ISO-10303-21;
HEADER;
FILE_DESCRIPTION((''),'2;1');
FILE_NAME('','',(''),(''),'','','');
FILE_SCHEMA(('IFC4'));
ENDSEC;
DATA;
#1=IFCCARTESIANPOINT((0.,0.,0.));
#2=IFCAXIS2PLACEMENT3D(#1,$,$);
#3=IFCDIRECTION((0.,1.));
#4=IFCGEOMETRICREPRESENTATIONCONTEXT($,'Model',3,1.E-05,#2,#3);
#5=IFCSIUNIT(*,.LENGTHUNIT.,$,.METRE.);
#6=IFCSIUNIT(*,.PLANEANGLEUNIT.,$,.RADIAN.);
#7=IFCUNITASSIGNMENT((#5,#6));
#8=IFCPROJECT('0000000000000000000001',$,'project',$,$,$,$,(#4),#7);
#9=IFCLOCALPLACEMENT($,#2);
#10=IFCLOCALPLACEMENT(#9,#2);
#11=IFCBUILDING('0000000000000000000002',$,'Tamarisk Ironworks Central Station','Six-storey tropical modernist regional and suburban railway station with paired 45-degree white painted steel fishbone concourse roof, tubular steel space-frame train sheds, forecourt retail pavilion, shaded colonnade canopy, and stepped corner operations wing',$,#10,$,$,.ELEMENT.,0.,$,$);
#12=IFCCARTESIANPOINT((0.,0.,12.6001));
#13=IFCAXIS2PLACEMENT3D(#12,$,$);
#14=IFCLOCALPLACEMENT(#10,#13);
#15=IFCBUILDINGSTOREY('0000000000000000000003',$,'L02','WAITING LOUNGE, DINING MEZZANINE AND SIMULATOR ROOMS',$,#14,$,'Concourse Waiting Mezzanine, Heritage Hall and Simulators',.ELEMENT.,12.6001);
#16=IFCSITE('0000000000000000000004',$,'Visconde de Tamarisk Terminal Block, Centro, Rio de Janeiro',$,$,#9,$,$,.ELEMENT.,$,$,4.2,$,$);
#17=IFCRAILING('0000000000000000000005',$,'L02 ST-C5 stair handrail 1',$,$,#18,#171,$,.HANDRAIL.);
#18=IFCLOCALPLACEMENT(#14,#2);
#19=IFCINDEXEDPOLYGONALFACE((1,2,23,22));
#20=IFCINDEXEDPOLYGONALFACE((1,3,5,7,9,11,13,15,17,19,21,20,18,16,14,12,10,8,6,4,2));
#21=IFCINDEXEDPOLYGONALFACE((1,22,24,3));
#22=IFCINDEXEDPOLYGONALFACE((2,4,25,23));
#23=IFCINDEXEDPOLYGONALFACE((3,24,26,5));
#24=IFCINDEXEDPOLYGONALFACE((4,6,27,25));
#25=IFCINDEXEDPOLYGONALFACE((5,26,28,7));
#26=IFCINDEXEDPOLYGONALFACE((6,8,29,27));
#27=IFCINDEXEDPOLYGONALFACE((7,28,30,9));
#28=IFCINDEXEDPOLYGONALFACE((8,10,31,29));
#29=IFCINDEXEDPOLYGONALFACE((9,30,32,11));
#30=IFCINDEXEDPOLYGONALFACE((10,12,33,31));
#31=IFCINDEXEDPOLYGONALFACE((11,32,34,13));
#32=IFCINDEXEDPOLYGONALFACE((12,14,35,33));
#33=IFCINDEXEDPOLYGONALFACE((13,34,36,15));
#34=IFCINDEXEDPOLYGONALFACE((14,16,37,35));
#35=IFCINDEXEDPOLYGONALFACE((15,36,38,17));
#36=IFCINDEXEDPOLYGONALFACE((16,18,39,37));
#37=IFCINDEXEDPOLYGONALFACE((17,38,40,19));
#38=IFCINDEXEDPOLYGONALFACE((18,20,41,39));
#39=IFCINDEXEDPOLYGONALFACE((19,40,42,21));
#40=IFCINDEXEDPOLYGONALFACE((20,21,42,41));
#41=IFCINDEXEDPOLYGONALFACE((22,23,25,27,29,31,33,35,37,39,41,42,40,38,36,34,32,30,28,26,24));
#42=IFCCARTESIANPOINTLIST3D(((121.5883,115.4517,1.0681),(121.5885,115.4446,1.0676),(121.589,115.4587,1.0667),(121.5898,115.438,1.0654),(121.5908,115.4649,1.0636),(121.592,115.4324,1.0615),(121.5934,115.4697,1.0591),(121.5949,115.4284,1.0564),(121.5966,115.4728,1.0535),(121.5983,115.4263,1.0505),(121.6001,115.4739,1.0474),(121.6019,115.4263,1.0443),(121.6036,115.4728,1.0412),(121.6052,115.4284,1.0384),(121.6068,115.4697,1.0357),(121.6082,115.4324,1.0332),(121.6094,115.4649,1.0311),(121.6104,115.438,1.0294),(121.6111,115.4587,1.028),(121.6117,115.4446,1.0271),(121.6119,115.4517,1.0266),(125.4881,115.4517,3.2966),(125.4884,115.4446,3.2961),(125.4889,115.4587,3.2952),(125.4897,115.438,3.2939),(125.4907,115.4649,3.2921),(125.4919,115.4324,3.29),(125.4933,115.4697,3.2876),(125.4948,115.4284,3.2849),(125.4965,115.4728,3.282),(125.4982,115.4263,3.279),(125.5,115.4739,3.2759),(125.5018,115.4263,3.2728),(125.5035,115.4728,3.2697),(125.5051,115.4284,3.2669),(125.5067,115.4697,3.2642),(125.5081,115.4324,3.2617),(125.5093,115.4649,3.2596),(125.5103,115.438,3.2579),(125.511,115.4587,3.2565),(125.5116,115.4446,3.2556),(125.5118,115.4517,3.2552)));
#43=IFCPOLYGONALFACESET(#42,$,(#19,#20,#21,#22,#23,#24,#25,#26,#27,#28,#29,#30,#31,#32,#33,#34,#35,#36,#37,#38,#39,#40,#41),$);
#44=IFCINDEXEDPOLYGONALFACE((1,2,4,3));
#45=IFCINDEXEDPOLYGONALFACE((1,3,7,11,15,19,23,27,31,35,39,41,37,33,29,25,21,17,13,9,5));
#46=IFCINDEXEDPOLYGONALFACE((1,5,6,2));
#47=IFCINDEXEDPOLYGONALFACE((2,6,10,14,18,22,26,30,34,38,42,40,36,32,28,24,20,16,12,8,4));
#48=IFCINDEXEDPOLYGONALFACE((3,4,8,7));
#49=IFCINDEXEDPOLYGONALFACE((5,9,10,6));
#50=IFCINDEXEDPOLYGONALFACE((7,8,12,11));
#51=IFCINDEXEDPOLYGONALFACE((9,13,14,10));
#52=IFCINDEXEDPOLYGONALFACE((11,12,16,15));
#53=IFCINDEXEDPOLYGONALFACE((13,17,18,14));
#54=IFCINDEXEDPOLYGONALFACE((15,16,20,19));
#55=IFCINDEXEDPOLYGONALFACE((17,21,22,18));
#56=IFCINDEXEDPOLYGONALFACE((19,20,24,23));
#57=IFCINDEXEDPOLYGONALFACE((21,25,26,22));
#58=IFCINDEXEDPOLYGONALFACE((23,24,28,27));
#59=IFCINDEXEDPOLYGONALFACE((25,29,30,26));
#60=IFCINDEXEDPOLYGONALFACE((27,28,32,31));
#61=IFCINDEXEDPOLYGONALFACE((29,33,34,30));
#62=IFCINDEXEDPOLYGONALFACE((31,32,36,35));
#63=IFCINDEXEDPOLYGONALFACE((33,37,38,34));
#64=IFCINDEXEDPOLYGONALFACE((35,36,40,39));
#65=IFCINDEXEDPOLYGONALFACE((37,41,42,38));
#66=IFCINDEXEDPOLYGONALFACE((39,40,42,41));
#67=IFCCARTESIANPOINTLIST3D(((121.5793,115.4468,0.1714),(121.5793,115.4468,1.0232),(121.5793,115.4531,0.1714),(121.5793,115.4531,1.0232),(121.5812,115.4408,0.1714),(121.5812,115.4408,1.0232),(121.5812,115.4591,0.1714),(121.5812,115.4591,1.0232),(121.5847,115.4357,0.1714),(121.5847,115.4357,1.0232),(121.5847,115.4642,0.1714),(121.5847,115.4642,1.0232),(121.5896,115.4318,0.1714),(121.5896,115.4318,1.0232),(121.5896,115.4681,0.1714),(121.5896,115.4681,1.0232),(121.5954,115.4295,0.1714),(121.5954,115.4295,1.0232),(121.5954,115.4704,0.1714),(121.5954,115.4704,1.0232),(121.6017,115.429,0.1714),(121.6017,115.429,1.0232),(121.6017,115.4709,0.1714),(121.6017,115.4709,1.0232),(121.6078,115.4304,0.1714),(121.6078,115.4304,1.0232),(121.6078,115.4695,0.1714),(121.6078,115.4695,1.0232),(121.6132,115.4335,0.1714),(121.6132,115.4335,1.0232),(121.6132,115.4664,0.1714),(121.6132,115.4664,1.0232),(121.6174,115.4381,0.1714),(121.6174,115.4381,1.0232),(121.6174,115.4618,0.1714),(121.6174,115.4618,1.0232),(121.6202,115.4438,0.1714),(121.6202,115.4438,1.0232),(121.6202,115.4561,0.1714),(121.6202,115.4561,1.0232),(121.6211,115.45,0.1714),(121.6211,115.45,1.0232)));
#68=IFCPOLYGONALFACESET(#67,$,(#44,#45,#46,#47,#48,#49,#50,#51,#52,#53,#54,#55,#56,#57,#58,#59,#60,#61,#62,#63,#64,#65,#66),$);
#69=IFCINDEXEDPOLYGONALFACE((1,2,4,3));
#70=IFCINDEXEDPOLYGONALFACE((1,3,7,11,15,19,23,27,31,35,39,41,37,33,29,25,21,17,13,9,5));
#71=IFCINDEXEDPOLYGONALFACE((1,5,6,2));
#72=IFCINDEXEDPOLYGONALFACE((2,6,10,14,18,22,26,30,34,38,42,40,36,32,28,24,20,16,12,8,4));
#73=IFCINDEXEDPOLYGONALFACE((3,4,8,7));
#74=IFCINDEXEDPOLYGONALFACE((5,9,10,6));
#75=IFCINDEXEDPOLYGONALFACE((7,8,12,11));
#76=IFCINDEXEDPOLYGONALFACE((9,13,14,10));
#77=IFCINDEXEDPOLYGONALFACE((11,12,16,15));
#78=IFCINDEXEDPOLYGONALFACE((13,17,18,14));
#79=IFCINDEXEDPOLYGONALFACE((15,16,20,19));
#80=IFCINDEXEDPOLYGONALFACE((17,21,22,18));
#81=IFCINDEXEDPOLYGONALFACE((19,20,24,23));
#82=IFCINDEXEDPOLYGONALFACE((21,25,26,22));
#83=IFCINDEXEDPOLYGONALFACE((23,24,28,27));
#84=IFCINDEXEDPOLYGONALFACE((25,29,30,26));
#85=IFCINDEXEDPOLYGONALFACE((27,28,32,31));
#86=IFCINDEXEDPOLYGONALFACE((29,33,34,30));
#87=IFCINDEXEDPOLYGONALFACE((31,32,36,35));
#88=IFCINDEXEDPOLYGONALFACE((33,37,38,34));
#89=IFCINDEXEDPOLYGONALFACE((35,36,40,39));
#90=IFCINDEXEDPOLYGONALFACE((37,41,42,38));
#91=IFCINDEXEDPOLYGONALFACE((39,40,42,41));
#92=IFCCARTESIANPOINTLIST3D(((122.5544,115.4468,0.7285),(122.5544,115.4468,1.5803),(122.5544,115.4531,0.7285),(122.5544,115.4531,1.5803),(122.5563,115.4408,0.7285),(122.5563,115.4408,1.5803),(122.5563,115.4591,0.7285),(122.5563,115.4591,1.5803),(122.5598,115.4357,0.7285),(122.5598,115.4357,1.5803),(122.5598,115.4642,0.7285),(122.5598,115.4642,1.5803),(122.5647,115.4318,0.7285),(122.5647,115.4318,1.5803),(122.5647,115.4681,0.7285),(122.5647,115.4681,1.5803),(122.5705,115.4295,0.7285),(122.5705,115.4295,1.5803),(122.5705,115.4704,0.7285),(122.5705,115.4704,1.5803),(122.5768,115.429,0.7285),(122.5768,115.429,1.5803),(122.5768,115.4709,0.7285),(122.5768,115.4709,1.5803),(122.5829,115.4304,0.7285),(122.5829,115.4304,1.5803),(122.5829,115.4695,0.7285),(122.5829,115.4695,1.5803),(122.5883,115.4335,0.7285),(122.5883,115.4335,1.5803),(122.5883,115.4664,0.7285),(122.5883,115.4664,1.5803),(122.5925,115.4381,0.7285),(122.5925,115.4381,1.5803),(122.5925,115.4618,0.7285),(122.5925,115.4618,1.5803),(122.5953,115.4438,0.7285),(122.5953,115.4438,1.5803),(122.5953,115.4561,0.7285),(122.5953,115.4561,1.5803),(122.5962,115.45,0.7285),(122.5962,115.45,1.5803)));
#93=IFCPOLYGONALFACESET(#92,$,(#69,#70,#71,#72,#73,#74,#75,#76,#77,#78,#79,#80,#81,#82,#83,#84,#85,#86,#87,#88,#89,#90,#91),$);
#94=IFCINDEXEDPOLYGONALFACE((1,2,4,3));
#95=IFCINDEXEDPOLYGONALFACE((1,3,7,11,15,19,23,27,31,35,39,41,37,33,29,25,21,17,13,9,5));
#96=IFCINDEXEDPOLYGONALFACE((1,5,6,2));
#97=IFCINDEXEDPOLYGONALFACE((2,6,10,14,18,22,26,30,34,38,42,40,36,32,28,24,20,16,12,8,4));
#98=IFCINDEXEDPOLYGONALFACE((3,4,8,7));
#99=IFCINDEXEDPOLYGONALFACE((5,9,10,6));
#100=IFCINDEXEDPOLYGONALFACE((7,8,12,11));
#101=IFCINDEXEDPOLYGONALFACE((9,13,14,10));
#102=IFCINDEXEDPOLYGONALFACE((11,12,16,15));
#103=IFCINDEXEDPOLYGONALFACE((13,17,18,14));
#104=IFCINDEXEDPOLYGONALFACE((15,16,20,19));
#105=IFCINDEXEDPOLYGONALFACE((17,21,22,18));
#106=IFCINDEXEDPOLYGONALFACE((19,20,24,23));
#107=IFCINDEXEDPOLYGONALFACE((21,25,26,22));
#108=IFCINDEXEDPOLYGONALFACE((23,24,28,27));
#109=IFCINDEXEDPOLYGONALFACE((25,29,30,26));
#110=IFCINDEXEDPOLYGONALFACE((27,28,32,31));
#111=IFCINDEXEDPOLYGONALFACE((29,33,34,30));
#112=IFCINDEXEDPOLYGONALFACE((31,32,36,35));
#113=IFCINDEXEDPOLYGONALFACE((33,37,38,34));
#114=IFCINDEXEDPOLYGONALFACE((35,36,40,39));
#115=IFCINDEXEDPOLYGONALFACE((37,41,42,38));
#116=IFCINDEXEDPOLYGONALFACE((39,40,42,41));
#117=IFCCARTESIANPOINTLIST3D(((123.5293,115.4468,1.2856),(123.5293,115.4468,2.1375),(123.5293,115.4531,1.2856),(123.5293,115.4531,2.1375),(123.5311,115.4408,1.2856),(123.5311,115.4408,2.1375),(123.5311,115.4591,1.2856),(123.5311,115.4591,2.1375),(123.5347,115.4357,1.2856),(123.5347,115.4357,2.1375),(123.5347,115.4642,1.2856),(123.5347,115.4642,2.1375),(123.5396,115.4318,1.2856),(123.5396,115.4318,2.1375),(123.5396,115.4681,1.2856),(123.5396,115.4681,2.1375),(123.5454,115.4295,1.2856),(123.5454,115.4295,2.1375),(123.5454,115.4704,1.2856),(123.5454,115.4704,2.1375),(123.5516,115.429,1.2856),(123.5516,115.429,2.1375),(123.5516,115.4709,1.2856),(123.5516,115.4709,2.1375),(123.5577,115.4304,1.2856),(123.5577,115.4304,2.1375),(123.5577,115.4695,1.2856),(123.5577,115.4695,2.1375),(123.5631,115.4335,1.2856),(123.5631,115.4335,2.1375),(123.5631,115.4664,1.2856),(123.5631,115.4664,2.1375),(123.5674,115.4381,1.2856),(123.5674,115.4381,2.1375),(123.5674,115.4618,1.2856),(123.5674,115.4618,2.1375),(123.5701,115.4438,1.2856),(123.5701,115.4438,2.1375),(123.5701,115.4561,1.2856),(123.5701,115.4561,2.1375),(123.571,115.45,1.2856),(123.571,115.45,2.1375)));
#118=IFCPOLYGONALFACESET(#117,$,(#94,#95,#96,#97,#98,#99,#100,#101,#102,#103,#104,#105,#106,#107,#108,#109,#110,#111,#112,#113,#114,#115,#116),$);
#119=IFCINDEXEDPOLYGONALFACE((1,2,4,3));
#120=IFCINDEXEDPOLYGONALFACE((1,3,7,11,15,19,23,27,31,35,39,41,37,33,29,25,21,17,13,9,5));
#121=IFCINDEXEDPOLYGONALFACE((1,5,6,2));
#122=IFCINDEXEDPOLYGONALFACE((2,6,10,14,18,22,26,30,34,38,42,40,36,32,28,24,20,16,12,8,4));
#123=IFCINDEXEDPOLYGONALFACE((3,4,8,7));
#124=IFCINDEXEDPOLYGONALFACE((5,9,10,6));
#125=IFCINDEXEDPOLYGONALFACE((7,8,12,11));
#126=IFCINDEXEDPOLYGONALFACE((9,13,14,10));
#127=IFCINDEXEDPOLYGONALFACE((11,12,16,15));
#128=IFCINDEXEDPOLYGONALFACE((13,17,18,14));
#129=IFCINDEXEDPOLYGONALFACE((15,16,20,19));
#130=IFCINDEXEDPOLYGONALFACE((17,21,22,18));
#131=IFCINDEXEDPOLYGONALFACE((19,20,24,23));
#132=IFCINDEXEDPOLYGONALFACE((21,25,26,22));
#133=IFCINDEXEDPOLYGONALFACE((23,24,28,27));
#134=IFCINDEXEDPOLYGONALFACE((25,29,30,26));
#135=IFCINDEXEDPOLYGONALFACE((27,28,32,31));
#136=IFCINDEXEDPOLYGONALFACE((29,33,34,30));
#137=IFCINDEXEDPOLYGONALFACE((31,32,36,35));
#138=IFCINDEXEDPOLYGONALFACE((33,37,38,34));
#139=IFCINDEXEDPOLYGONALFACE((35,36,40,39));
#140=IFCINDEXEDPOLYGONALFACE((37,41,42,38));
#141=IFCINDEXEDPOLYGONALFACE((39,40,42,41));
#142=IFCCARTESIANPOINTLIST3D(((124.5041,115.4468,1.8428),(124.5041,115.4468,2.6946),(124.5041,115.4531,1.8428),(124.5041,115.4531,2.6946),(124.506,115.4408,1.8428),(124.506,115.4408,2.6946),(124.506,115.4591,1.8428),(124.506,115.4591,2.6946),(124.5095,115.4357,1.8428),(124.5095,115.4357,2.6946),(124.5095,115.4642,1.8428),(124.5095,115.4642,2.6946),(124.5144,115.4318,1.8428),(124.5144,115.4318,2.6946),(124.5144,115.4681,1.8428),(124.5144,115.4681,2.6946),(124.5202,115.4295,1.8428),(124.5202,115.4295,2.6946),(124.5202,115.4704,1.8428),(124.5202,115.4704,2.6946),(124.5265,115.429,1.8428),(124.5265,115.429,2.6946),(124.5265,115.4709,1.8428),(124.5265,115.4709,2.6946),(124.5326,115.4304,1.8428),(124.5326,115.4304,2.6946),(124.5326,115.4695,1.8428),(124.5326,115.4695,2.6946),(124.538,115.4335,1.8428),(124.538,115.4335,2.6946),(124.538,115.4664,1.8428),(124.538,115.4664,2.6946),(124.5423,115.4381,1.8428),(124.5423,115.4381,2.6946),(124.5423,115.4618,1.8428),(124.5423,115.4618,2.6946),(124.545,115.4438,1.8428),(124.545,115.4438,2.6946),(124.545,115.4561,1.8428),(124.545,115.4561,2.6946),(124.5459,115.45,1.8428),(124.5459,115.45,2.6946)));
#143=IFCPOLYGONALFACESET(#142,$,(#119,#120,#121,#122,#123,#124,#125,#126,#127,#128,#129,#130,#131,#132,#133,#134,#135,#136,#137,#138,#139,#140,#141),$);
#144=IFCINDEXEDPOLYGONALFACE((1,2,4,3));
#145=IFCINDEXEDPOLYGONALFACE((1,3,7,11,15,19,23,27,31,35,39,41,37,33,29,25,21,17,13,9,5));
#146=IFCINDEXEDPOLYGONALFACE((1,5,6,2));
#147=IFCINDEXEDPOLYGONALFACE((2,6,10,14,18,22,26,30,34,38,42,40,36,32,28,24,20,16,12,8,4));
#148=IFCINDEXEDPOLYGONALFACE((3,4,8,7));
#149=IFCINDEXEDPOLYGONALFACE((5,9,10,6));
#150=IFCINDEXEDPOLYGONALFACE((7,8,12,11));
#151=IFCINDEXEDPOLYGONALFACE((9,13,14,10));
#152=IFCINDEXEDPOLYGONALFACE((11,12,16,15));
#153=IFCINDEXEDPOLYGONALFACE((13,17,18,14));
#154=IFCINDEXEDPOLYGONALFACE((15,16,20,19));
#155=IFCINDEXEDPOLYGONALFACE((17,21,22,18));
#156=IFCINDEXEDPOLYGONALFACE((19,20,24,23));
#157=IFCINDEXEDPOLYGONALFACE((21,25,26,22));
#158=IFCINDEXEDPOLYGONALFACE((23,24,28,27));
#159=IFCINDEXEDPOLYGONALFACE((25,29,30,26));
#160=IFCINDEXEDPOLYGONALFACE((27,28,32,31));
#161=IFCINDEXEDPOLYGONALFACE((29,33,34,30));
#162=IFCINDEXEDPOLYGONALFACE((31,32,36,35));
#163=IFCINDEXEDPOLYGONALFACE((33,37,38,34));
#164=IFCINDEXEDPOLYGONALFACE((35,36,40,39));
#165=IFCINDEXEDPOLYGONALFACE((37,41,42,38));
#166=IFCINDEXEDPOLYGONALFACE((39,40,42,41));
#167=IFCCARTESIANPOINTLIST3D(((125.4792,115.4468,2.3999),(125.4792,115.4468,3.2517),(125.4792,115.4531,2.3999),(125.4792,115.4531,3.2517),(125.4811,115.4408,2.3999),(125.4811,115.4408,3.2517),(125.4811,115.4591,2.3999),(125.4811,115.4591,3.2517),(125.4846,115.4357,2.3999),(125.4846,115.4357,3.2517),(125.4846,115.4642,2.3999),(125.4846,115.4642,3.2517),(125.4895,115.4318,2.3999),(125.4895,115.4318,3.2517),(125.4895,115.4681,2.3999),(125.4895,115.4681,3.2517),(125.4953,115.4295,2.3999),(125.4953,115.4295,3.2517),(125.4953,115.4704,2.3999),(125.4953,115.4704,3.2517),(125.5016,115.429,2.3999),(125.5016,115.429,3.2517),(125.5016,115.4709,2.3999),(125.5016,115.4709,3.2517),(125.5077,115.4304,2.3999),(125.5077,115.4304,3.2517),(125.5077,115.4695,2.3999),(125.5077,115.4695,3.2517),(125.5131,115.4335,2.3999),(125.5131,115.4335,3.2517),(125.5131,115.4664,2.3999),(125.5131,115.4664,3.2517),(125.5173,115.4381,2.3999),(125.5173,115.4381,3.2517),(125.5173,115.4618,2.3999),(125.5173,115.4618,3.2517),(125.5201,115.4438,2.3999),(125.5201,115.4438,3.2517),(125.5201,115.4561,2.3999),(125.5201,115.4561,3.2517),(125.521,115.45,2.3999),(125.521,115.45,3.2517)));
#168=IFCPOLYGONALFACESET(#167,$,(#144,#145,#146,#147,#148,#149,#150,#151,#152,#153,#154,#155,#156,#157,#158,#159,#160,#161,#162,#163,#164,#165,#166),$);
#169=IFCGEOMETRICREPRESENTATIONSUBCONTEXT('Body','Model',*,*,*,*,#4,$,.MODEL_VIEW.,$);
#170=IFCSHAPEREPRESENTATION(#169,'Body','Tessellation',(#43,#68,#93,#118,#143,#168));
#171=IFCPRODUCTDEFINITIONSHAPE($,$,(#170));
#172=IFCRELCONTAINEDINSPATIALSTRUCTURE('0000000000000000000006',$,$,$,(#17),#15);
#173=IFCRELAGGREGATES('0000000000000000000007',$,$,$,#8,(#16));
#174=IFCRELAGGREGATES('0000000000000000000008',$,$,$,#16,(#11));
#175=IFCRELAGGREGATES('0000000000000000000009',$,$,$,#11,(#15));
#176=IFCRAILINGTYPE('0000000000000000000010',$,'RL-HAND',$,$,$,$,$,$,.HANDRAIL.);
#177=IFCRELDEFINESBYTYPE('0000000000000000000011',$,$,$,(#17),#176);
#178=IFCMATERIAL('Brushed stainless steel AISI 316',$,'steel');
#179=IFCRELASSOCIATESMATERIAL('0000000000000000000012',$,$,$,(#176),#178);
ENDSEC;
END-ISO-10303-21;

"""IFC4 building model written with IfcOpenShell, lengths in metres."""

from ifc_helpers import new_model, si_unit, direction, frame, origin, origin_2d, place, context, subcontext, project, spatial, circle, extrude, material, type_object, element, save


model = new_model("IFC4")

# Units and contexts
model_context = context("Model", 3, precision=1e-05, world=origin(), true_north=direction((0.0, 1.0)))
body_context = subcontext(model_context, "Body", "Model", "MODEL_VIEW")
ifc_project = project(units=[si_unit("LENGTHUNIT", "METRE"), si_unit("PLANEANGLEUNIT", "RADIAN")], contexts=[model_context])

# Site, building, storey
site_placement = place(None, origin())
site = spatial("IfcSite", under=ifc_project, at=site_placement, Name="Visconde de Tamarisk Terminal Block, Centro, Rio de Janeiro", CompositionType="ELEMENT", RefElevation=4.2)
building_placement = place(site_placement, origin())
building = spatial("IfcBuilding", under=site, at=building_placement, Name="Tamarisk Ironworks Central Station", Description="Six-storey tropical modernist regional and suburban railway station with paired 45-degree white painted steel fishbone concourse roof, tubular steel space-frame train sheds, forecourt retail pavilion, shaded colonnade canopy, and stepped corner operations wing", CompositionType="ELEMENT", ElevationOfRefHeight=0.0)
storey_placement = place(building_placement, frame((0.0, 0.0, 12.6001)))
storey = spatial("IfcBuildingStorey", under=building, at=storey_placement, Name="L02", Description="WAITING LOUNGE, DINING MEZZANINE AND SIMULATOR ROOMS", LongName="Concourse Waiting Mezzanine, Heritage Hall and Simulators", CompositionType="ELEMENT", Elevation=12.6001)

# Railing
ifc_material_1 = material(Name="Brushed stainless steel AISI 316", Category="steel")
railing_type_1 = type_object("IfcRailingType", Name="RL-HAND", PredefinedType="HANDRAIL", material=ifc_material_1)
railing_1_placement = place(storey_placement, frame((121.6001, 115.45, 0.1714)))
element("IfcRailing", 1, at=railing_1_placement, inside=storey, type_object=railing_type_1, Name="L02 ST-C5 stair handrail 1", PredefinedType="HANDRAIL", context=body_context, shape_type="SweptSolid", body=[
    extrude(circle(Radius=0.0239, at=origin_2d()), frame((0.0, 0.0, 0.876), z_axis=(0.868243, 0.0, 0.496139), x_axis=(0.0, 1.0, 0.0)), (0.0, 0.0, 1.0), 4.4917),
    extrude(circle(Radius=0.021, at=origin_2d()), origin(), (0.0, 0.0, 1.0), 0.8518),
    extrude(circle(Radius=0.021, at=origin_2d()), frame((0.9751, 0.0, 0.5571)), (0.0, 0.0, 1.0), 0.8518),
    extrude(circle(Radius=0.021, at=origin_2d()), frame((1.95, 0.0, 1.1143)), (0.0, 0.0, 1.0), 0.8518),
    extrude(circle(Radius=0.021, at=origin_2d()), frame((2.9248, 0.0, 1.6714)), (0.0, 0.0, 1.0), 0.8518),
    extrude(circle(Radius=0.021, at=origin_2d()), frame((3.8999, 0.0, 2.2285)), (0.0, 0.0, 1.0), 0.8518),
])

save(model, "model.ifc")
